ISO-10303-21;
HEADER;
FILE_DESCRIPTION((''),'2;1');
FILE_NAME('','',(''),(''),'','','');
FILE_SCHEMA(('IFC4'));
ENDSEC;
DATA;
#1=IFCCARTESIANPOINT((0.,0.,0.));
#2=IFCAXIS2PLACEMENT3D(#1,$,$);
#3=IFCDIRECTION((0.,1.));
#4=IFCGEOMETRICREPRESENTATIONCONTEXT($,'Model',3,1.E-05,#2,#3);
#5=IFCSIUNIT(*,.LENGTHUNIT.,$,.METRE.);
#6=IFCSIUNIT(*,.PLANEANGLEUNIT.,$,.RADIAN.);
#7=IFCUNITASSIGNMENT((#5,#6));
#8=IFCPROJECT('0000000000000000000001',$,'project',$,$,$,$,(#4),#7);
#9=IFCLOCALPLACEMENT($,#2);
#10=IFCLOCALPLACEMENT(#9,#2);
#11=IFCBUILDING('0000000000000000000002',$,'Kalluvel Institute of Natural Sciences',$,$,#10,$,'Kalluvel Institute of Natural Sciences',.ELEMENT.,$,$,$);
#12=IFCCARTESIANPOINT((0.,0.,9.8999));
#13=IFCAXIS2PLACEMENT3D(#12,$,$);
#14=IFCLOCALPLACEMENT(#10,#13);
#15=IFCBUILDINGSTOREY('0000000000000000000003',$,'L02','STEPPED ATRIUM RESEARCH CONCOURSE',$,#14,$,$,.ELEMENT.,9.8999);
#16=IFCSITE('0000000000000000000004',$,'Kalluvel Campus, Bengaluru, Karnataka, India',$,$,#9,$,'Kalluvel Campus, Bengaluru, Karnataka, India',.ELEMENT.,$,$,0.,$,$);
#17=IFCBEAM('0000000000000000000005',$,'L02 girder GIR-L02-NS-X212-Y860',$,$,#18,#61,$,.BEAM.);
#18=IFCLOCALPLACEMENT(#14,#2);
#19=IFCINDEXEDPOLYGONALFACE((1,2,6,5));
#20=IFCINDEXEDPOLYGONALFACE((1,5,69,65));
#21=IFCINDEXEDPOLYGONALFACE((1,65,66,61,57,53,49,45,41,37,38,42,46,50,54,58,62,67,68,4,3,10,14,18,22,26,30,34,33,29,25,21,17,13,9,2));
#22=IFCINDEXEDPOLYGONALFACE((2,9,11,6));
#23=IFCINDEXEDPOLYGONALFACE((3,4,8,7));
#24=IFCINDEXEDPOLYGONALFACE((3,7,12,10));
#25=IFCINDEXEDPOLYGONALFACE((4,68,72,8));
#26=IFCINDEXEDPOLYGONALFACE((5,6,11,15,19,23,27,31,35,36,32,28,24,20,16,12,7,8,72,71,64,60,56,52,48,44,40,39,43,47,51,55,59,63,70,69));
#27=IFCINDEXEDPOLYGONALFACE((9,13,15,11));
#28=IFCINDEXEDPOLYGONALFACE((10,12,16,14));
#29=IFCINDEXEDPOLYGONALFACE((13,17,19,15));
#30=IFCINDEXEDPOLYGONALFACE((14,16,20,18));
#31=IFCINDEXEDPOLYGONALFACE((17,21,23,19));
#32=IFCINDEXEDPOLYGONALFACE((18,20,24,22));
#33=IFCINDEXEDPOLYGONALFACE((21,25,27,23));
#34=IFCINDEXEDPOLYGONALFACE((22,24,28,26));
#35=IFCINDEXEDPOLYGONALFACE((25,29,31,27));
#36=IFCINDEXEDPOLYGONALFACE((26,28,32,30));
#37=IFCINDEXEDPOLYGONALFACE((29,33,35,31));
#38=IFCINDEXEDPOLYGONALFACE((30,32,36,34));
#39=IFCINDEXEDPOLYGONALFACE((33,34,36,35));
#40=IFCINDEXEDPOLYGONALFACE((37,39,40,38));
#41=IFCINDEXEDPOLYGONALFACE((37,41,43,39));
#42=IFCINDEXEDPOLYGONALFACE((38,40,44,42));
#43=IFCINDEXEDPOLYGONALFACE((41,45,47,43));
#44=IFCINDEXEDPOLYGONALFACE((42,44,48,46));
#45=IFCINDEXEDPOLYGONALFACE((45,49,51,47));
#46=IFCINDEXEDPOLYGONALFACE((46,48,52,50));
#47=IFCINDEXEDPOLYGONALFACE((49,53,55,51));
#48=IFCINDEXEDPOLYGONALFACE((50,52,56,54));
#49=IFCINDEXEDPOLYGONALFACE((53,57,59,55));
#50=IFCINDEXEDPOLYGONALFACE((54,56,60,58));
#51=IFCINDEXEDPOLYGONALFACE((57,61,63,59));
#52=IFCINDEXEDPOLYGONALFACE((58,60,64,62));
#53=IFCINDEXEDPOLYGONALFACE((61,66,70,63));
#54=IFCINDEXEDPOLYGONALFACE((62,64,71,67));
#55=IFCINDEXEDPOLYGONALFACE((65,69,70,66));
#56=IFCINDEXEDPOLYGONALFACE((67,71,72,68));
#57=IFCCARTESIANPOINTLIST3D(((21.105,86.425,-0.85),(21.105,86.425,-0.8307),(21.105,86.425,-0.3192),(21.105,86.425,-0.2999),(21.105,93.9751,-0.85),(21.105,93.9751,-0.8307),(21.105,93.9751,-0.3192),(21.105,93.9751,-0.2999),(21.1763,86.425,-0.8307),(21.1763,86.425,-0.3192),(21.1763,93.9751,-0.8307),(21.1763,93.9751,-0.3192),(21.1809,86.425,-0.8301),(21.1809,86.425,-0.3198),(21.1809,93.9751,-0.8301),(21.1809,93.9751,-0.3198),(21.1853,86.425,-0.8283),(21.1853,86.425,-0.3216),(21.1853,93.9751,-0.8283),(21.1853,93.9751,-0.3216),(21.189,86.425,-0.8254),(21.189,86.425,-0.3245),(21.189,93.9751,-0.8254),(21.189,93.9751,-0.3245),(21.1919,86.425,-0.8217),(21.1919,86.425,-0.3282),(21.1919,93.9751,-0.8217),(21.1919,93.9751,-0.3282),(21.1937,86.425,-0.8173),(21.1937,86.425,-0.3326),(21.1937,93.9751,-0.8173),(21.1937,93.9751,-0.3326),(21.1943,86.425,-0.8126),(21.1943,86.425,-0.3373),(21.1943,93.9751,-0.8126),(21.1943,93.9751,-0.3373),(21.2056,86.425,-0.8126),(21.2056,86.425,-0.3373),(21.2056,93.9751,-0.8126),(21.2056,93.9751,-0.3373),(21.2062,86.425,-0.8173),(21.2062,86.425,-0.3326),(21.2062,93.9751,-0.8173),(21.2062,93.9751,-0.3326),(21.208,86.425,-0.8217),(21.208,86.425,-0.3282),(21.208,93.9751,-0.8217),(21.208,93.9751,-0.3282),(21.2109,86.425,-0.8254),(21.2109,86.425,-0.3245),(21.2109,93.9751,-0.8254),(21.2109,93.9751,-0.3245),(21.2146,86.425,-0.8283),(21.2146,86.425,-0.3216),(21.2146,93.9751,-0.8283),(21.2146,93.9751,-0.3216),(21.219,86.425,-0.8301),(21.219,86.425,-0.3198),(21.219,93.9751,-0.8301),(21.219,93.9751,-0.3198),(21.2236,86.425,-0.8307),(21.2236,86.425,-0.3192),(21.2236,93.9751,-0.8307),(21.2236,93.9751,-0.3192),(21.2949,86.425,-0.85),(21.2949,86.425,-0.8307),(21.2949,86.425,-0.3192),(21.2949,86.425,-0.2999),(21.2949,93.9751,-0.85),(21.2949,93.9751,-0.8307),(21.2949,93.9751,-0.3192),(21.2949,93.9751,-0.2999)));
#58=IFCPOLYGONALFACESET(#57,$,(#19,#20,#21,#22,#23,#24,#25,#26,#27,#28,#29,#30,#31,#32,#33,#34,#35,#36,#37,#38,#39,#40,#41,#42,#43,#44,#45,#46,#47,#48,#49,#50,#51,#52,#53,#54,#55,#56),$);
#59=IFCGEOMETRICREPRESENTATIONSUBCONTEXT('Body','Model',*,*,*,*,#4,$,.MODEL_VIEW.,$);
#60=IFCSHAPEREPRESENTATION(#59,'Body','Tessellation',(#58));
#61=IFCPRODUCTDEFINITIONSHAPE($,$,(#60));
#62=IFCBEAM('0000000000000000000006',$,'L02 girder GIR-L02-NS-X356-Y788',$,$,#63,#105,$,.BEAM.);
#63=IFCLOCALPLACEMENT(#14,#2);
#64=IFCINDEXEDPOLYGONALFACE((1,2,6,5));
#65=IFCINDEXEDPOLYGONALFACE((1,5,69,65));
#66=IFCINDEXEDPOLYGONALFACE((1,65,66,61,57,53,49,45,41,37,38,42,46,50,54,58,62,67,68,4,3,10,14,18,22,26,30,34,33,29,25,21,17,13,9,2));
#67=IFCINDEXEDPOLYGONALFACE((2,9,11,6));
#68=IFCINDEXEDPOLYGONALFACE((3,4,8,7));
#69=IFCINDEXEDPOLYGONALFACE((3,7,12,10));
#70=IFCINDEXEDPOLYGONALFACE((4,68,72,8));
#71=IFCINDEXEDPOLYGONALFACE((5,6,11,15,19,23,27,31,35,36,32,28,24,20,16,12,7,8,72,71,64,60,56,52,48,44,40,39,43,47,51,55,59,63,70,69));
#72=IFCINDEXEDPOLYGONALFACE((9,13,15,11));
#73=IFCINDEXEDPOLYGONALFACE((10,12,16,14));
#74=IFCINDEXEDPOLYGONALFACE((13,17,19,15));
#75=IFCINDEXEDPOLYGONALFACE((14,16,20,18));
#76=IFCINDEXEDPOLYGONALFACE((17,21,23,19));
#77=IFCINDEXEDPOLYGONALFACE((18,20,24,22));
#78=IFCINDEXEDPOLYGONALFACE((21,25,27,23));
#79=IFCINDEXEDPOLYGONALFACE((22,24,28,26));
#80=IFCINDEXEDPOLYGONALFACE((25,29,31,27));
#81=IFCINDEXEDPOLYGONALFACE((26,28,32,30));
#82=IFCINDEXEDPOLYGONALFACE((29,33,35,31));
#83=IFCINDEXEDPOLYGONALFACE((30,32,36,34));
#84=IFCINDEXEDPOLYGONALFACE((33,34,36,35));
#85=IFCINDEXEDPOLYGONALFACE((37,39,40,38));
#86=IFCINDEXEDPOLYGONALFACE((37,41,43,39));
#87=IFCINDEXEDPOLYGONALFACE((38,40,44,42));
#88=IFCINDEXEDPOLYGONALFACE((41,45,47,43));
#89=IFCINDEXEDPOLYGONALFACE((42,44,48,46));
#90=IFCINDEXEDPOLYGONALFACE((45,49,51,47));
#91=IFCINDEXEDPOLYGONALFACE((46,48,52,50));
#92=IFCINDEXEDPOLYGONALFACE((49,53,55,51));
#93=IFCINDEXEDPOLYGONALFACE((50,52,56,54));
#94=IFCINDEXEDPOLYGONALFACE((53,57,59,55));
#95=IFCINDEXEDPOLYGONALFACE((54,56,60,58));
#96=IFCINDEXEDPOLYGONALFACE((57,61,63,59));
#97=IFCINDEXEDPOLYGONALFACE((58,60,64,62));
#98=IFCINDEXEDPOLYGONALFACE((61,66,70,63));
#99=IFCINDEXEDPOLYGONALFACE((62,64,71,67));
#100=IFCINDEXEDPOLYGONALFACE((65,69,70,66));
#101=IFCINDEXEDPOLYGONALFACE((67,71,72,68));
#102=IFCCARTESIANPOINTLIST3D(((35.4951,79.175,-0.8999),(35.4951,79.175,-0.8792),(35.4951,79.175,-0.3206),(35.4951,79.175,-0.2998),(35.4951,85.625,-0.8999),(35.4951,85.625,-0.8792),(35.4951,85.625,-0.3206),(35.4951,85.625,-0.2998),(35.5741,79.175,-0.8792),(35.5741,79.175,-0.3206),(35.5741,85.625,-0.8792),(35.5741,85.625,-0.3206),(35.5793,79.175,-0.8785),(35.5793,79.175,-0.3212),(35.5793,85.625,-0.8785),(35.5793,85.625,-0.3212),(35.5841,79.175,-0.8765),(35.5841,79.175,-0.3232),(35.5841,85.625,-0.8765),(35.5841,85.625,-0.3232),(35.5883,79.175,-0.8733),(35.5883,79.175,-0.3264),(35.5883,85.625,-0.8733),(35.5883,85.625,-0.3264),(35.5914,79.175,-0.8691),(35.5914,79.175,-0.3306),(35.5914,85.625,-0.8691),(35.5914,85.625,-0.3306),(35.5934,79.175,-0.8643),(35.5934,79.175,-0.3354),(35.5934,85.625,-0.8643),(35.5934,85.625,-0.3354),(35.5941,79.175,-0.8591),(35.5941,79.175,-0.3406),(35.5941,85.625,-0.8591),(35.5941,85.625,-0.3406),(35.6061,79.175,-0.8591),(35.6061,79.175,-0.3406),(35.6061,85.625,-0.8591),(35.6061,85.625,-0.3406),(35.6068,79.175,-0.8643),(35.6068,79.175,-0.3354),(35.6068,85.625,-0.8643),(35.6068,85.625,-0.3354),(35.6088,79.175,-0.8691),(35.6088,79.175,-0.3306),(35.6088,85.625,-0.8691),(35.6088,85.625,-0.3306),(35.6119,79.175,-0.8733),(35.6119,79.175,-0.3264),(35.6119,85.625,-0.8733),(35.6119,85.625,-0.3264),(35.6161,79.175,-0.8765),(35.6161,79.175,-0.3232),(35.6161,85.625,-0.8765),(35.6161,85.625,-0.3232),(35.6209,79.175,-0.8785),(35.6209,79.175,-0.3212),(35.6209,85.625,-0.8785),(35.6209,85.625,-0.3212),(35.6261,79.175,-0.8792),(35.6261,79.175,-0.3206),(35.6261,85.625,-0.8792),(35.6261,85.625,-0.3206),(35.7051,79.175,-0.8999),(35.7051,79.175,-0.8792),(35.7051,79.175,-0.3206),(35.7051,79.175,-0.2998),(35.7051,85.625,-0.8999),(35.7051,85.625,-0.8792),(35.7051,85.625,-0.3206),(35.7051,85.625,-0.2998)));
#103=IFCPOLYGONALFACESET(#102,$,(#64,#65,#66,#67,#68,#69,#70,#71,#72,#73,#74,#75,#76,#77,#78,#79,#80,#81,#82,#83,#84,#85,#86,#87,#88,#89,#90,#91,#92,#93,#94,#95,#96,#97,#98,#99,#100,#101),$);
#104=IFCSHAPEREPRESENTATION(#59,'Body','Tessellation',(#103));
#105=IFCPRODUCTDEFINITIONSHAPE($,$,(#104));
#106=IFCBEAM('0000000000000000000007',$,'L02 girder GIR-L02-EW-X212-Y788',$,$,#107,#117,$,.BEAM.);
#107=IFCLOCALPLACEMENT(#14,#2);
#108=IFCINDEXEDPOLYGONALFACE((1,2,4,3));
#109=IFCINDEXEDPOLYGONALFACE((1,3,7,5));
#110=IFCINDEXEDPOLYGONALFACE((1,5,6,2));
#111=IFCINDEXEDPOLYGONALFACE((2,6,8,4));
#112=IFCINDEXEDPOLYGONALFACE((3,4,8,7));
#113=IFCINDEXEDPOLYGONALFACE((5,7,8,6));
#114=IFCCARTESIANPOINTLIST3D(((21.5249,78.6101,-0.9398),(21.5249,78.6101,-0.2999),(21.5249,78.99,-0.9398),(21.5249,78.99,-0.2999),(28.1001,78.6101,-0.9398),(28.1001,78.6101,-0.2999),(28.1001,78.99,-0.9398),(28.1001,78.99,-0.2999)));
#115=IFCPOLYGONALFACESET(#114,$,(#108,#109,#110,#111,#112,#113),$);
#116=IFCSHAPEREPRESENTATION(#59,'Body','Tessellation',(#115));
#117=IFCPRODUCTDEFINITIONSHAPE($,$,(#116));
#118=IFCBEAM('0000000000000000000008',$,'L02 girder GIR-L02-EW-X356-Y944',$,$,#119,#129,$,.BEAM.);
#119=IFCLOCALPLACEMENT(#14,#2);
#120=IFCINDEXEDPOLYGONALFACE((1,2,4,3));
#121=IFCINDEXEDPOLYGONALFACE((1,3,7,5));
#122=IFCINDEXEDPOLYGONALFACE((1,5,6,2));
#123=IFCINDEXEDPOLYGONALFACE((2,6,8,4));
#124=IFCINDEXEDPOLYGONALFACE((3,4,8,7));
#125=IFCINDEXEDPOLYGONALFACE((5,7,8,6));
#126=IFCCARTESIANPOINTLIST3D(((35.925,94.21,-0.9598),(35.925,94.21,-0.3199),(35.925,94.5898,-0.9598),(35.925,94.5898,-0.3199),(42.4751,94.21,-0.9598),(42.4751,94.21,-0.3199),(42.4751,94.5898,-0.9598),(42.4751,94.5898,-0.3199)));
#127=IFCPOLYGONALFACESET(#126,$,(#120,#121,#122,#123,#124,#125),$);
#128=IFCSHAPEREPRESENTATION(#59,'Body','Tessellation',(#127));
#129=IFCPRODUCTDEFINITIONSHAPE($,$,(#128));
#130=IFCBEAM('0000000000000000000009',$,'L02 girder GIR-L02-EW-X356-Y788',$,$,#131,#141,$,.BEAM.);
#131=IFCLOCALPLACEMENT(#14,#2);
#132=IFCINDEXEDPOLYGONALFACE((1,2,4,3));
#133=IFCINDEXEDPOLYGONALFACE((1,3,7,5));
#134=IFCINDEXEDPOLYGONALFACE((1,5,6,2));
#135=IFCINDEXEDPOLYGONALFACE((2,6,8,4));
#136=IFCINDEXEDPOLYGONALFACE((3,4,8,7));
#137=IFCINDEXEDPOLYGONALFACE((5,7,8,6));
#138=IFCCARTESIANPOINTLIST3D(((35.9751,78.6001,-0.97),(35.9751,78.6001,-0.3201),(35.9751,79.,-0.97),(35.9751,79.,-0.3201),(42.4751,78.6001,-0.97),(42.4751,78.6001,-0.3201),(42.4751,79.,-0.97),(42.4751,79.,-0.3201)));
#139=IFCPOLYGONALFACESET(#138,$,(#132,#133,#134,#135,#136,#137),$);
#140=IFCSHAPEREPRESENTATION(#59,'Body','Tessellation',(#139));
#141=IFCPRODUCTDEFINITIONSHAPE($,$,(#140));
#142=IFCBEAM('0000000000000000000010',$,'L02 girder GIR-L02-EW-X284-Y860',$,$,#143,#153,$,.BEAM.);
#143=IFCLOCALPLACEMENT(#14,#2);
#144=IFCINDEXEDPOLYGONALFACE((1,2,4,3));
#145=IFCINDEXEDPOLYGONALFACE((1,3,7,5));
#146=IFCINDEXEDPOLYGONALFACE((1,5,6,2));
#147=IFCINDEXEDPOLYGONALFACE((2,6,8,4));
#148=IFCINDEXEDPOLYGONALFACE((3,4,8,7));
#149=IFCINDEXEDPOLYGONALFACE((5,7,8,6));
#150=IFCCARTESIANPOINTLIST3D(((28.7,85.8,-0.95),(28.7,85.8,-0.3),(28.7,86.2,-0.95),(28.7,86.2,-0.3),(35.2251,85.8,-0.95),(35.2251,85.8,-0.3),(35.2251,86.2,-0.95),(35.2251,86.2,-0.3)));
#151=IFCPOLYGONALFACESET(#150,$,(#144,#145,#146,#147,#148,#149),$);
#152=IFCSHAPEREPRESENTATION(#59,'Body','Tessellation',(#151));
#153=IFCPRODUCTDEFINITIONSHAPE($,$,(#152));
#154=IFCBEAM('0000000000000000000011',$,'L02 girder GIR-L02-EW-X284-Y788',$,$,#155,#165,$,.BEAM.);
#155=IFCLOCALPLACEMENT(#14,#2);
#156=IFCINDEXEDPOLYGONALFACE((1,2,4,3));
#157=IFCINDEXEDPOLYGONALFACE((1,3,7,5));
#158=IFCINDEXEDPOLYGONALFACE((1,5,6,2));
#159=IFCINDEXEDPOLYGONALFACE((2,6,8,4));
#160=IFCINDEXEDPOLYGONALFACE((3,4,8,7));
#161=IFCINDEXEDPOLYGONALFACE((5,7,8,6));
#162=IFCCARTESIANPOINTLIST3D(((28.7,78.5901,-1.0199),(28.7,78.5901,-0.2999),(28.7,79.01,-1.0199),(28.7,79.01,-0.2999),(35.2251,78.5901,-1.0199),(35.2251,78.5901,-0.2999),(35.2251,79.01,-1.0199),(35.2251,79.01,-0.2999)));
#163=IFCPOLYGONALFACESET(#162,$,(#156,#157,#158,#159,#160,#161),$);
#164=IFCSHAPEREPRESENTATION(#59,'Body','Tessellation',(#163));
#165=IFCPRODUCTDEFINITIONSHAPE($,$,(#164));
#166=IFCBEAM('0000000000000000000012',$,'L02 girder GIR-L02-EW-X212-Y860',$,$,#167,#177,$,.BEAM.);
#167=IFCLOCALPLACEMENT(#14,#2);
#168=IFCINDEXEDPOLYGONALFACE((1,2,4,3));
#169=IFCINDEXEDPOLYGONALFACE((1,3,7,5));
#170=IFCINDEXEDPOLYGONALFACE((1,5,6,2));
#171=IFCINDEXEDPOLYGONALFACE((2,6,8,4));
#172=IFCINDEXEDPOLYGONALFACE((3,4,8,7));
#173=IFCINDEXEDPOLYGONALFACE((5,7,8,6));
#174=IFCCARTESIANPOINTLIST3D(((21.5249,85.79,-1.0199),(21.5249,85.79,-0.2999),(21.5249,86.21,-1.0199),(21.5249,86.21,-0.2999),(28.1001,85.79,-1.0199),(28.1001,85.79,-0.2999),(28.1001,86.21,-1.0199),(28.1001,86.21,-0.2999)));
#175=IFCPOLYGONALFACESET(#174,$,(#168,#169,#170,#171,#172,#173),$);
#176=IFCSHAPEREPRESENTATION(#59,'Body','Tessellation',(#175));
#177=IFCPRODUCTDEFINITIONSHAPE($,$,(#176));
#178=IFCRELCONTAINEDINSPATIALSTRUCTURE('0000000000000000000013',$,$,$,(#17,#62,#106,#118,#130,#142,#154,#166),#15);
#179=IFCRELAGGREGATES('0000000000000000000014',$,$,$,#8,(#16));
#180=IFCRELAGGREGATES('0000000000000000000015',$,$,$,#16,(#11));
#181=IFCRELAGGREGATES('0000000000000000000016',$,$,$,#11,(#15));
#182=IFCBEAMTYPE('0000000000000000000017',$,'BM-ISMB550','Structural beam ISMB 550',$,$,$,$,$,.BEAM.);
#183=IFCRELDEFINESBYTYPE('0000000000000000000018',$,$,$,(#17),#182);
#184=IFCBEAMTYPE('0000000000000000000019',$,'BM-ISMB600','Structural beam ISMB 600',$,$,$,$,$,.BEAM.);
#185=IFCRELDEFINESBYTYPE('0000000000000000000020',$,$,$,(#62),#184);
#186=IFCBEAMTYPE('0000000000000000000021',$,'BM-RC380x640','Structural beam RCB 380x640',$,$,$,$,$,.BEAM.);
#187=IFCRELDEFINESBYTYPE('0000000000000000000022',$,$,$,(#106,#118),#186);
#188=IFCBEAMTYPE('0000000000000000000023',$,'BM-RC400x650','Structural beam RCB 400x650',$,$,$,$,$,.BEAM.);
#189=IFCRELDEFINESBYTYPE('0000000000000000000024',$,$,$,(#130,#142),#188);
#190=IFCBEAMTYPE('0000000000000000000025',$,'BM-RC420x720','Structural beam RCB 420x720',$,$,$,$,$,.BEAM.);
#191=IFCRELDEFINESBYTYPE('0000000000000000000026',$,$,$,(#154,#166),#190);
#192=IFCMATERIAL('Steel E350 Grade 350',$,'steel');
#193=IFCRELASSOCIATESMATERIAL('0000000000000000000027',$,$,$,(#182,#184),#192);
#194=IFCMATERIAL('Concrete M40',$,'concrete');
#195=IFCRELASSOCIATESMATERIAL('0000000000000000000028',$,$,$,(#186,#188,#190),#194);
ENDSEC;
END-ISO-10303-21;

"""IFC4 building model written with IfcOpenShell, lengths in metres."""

from ifc_helpers import new_model, si_unit, direction, frame, origin, origin_2d, place, context, subcontext, project, spatial, rectangle, i_section, extrude, material, material_profile, profile_set, type_object, element, save


model = new_model("IFC4")

# Units and contexts
model_context = context("Model", 3, precision=1e-05, world=origin(), true_north=direction((0.0, 1.0)))
body_context = subcontext(model_context, "Body", "Model", "MODEL_VIEW")
ifc_project = project(units=[si_unit("LENGTHUNIT", "METRE"), si_unit("PLANEANGLEUNIT", "RADIAN")], contexts=[model_context])

# Site, building, storey
site_placement = place(None, origin())
site = spatial("IfcSite", under=ifc_project, at=site_placement, Name="Kalluvel Campus, Bengaluru, Karnataka, India", LongName="Kalluvel Campus, Bengaluru, Karnataka, India", CompositionType="ELEMENT", RefElevation=0.0)
building_placement = place(site_placement, origin())
building = spatial("IfcBuilding", under=site, at=building_placement, Name="Kalluvel Institute of Natural Sciences", LongName="Kalluvel Institute of Natural Sciences", CompositionType="ELEMENT")
storey_placement = place(building_placement, frame((0.0, 0.0, 9.8999)))
storey = spatial("IfcBuildingStorey", under=building, at=storey_placement, Name="L02", Description="STEPPED ATRIUM RESEARCH CONCOURSE", CompositionType="ELEMENT", Elevation=9.8999)

# Shared definitions
ifc_material_1 = material(Name="Concrete M40", Category="concrete")

# Beams
ifc_material_2 = material(Name="Steel E350 Grade 350", Category="steel")
ifc_material_profile_1 = material_profile(ifc_material_2, i_section(OverallWidth=0.1899, OverallDepth=0.55, WebThickness=0.0112, FlangeThickness=0.0193, FilletRadius=0.0181, at=origin_2d()), Name="ISMB 550")
ifc_profile_set_1 = profile_set([ifc_material_profile_1], Name="Steel E350 Grade 350")
beam_type_1 = type_object("IfcBeamType", Name="BM-ISMB550", Description="Structural beam ISMB 550", PredefinedType="BEAM", material=ifc_profile_set_1)
beam_1_placement = place(storey_placement, frame((21.2, 86.425, -0.575), z_axis=(0.0, 1.0, 0.0), x_axis=(-1.0, 0.0, 0.0)))
element("IfcBeam", 1, at=beam_1_placement, inside=storey, type_object=beam_type_1, Name="L02 girder GIR-L02-NS-X212-Y860", PredefinedType="BEAM", context=body_context, shape_type="SweptSolid", body=[
    extrude(i_section(OverallWidth=0.1899, OverallDepth=0.55, WebThickness=0.0112, FlangeThickness=0.0193, FilletRadius=0.0181, at=origin_2d()), origin(), (0.0, 0.0, 1.0), 7.55),
])
ifc_material_profile_2 = material_profile(ifc_material_2, i_section(OverallWidth=0.21, OverallDepth=0.6001, WebThickness=0.012, FlangeThickness=0.0208, FilletRadius=0.02, at=origin_2d()), Name="ISMB 600")
ifc_profile_set_2 = profile_set([ifc_material_profile_2], Name="Steel E350 Grade 350")
beam_type_2 = type_object("IfcBeamType", Name="BM-ISMB600", Description="Structural beam ISMB 600", PredefinedType="BEAM", material=ifc_profile_set_2)
beam_2_placement = place(storey_placement, frame((35.6001, 79.175, -0.5999), z_axis=(0.0, 1.0, 0.0), x_axis=(-1.0, 0.0, 0.0)))
element("IfcBeam", 2, at=beam_2_placement, inside=storey, type_object=beam_type_2, Name="L02 girder GIR-L02-NS-X356-Y788", PredefinedType="BEAM", context=body_context, shape_type="SweptSolid", body=[
    extrude(i_section(OverallWidth=0.21, OverallDepth=0.6001, WebThickness=0.012, FlangeThickness=0.0208, FilletRadius=0.02, at=origin_2d()), origin(), (0.0, 0.0, 1.0), 6.45),
])
ifc_material_profile_3 = material_profile(ifc_material_1, rectangle(XDim=0.3799, YDim=0.6399, at=origin_2d()), Name="RCB 380x640")
ifc_profile_set_3 = profile_set([ifc_material_profile_3], Name="Concrete M40")
beam_type_3 = type_object("IfcBeamType", Name="BM-RC380x640", Description="Structural beam RCB 380x640", PredefinedType="BEAM", material=ifc_profile_set_3)
beam_3_placement = place(storey_placement, frame((21.5249, 78.8, -0.6199), z_axis=(1.0, 0.0, 0.0), x_axis=(0.0, 1.0, 0.0)))
element("IfcBeam", 3, at=beam_3_placement, inside=storey, type_object=beam_type_3, Name="L02 girder GIR-L02-EW-X212-Y788", PredefinedType="BEAM", context=body_context, shape_type="SweptSolid", body=[
    extrude(rectangle(XDim=0.3799, YDim=0.6399, at=origin_2d()), origin(), (0.0, 0.0, 1.0), 6.5752),
])
beam_4_placement = place(storey_placement, frame((35.925, 94.3999, -0.6399), z_axis=(1.0, 0.0, 0.0), x_axis=(0.0, 1.0, 0.0)))
element("IfcBeam", 4, at=beam_4_placement, inside=storey, type_object=beam_type_3, Name="L02 girder GIR-L02-EW-X356-Y944", PredefinedType="BEAM", context=body_context, shape_type="SweptSolid", body=[
    extrude(rectangle(XDim=0.3799, YDim=0.6399, at=origin_2d()), origin(), (0.0, 0.0, 1.0), 6.55),
])
ifc_material_profile_4 = material_profile(ifc_material_1, rectangle(XDim=0.3999, YDim=0.6499, at=origin_2d()), Name="RCB 400x650")
ifc_profile_set_4 = profile_set([ifc_material_profile_4], Name="Concrete M40")
beam_type_4 = type_object("IfcBeamType", Name="BM-RC400x650", Description="Structural beam RCB 400x650", PredefinedType="BEAM", material=ifc_profile_set_4)
beam_5_placement = place(storey_placement, frame((35.9751, 78.8, -0.645), z_axis=(1.0, 0.0, 0.0), x_axis=(0.0, 1.0, 0.0)))
element("IfcBeam", 5, at=beam_5_placement, inside=storey, type_object=beam_type_4, Name="L02 girder GIR-L02-EW-X356-Y788", PredefinedType="BEAM", context=body_context, shape_type="SweptSolid", body=[
    extrude(rectangle(XDim=0.3999, YDim=0.6499, at=origin_2d()), origin(), (0.0, 0.0, 1.0), 6.5),
])
beam_6_placement = place(storey_placement, frame((28.7, 86.0, -0.625), z_axis=(1.0, 0.0, 0.0), x_axis=(0.0, 1.0, 0.0)))
element("IfcBeam", 6, at=beam_6_placement, inside=storey, type_object=beam_type_4, Name="L02 girder GIR-L02-EW-X284-Y860", PredefinedType="BEAM", context=body_context, shape_type="SweptSolid", body=[
    extrude(rectangle(XDim=0.3999, YDim=0.6499, at=origin_2d()), origin(), (0.0, 0.0, 1.0), 6.5251),
])
ifc_material_profile_5 = material_profile(ifc_material_1, rectangle(XDim=0.4199, YDim=0.72, at=origin_2d()), Name="RCB 420x720")
ifc_profile_set_5 = profile_set([ifc_material_profile_5], Name="Concrete M40")
beam_type_5 = type_object("IfcBeamType", Name="BM-RC420x720", Description="Structural beam RCB 420x720", PredefinedType="BEAM", material=ifc_profile_set_5)
beam_7_placement = place(storey_placement, frame((28.7, 78.8, -0.6599), z_axis=(1.0, 0.0, 0.0), x_axis=(0.0, 1.0, 0.0)))
element("IfcBeam", 7, at=beam_7_placement, inside=storey, type_object=beam_type_5, Name="L02 girder GIR-L02-EW-X284-Y788", PredefinedType="BEAM", context=body_context, shape_type="SweptSolid", body=[
    extrude(rectangle(XDim=0.4199, YDim=0.72, at=origin_2d()), origin(), (0.0, 0.0, 1.0), 6.5251),
])
beam_8_placement = place(storey_placement, frame((21.5249, 86.0, -0.6599), z_axis=(1.0, 0.0, 0.0), x_axis=(0.0, 1.0, 0.0)))
element("IfcBeam", 8, at=beam_8_placement, inside=storey, type_object=beam_type_5, Name="L02 girder GIR-L02-EW-X212-Y860", PredefinedType="BEAM", context=body_context, shape_type="SweptSolid", body=[
    extrude(rectangle(XDim=0.4199, YDim=0.72, at=origin_2d()), origin(), (0.0, 0.0, 1.0), 6.5752),
])

save(model, "model.ifc")
